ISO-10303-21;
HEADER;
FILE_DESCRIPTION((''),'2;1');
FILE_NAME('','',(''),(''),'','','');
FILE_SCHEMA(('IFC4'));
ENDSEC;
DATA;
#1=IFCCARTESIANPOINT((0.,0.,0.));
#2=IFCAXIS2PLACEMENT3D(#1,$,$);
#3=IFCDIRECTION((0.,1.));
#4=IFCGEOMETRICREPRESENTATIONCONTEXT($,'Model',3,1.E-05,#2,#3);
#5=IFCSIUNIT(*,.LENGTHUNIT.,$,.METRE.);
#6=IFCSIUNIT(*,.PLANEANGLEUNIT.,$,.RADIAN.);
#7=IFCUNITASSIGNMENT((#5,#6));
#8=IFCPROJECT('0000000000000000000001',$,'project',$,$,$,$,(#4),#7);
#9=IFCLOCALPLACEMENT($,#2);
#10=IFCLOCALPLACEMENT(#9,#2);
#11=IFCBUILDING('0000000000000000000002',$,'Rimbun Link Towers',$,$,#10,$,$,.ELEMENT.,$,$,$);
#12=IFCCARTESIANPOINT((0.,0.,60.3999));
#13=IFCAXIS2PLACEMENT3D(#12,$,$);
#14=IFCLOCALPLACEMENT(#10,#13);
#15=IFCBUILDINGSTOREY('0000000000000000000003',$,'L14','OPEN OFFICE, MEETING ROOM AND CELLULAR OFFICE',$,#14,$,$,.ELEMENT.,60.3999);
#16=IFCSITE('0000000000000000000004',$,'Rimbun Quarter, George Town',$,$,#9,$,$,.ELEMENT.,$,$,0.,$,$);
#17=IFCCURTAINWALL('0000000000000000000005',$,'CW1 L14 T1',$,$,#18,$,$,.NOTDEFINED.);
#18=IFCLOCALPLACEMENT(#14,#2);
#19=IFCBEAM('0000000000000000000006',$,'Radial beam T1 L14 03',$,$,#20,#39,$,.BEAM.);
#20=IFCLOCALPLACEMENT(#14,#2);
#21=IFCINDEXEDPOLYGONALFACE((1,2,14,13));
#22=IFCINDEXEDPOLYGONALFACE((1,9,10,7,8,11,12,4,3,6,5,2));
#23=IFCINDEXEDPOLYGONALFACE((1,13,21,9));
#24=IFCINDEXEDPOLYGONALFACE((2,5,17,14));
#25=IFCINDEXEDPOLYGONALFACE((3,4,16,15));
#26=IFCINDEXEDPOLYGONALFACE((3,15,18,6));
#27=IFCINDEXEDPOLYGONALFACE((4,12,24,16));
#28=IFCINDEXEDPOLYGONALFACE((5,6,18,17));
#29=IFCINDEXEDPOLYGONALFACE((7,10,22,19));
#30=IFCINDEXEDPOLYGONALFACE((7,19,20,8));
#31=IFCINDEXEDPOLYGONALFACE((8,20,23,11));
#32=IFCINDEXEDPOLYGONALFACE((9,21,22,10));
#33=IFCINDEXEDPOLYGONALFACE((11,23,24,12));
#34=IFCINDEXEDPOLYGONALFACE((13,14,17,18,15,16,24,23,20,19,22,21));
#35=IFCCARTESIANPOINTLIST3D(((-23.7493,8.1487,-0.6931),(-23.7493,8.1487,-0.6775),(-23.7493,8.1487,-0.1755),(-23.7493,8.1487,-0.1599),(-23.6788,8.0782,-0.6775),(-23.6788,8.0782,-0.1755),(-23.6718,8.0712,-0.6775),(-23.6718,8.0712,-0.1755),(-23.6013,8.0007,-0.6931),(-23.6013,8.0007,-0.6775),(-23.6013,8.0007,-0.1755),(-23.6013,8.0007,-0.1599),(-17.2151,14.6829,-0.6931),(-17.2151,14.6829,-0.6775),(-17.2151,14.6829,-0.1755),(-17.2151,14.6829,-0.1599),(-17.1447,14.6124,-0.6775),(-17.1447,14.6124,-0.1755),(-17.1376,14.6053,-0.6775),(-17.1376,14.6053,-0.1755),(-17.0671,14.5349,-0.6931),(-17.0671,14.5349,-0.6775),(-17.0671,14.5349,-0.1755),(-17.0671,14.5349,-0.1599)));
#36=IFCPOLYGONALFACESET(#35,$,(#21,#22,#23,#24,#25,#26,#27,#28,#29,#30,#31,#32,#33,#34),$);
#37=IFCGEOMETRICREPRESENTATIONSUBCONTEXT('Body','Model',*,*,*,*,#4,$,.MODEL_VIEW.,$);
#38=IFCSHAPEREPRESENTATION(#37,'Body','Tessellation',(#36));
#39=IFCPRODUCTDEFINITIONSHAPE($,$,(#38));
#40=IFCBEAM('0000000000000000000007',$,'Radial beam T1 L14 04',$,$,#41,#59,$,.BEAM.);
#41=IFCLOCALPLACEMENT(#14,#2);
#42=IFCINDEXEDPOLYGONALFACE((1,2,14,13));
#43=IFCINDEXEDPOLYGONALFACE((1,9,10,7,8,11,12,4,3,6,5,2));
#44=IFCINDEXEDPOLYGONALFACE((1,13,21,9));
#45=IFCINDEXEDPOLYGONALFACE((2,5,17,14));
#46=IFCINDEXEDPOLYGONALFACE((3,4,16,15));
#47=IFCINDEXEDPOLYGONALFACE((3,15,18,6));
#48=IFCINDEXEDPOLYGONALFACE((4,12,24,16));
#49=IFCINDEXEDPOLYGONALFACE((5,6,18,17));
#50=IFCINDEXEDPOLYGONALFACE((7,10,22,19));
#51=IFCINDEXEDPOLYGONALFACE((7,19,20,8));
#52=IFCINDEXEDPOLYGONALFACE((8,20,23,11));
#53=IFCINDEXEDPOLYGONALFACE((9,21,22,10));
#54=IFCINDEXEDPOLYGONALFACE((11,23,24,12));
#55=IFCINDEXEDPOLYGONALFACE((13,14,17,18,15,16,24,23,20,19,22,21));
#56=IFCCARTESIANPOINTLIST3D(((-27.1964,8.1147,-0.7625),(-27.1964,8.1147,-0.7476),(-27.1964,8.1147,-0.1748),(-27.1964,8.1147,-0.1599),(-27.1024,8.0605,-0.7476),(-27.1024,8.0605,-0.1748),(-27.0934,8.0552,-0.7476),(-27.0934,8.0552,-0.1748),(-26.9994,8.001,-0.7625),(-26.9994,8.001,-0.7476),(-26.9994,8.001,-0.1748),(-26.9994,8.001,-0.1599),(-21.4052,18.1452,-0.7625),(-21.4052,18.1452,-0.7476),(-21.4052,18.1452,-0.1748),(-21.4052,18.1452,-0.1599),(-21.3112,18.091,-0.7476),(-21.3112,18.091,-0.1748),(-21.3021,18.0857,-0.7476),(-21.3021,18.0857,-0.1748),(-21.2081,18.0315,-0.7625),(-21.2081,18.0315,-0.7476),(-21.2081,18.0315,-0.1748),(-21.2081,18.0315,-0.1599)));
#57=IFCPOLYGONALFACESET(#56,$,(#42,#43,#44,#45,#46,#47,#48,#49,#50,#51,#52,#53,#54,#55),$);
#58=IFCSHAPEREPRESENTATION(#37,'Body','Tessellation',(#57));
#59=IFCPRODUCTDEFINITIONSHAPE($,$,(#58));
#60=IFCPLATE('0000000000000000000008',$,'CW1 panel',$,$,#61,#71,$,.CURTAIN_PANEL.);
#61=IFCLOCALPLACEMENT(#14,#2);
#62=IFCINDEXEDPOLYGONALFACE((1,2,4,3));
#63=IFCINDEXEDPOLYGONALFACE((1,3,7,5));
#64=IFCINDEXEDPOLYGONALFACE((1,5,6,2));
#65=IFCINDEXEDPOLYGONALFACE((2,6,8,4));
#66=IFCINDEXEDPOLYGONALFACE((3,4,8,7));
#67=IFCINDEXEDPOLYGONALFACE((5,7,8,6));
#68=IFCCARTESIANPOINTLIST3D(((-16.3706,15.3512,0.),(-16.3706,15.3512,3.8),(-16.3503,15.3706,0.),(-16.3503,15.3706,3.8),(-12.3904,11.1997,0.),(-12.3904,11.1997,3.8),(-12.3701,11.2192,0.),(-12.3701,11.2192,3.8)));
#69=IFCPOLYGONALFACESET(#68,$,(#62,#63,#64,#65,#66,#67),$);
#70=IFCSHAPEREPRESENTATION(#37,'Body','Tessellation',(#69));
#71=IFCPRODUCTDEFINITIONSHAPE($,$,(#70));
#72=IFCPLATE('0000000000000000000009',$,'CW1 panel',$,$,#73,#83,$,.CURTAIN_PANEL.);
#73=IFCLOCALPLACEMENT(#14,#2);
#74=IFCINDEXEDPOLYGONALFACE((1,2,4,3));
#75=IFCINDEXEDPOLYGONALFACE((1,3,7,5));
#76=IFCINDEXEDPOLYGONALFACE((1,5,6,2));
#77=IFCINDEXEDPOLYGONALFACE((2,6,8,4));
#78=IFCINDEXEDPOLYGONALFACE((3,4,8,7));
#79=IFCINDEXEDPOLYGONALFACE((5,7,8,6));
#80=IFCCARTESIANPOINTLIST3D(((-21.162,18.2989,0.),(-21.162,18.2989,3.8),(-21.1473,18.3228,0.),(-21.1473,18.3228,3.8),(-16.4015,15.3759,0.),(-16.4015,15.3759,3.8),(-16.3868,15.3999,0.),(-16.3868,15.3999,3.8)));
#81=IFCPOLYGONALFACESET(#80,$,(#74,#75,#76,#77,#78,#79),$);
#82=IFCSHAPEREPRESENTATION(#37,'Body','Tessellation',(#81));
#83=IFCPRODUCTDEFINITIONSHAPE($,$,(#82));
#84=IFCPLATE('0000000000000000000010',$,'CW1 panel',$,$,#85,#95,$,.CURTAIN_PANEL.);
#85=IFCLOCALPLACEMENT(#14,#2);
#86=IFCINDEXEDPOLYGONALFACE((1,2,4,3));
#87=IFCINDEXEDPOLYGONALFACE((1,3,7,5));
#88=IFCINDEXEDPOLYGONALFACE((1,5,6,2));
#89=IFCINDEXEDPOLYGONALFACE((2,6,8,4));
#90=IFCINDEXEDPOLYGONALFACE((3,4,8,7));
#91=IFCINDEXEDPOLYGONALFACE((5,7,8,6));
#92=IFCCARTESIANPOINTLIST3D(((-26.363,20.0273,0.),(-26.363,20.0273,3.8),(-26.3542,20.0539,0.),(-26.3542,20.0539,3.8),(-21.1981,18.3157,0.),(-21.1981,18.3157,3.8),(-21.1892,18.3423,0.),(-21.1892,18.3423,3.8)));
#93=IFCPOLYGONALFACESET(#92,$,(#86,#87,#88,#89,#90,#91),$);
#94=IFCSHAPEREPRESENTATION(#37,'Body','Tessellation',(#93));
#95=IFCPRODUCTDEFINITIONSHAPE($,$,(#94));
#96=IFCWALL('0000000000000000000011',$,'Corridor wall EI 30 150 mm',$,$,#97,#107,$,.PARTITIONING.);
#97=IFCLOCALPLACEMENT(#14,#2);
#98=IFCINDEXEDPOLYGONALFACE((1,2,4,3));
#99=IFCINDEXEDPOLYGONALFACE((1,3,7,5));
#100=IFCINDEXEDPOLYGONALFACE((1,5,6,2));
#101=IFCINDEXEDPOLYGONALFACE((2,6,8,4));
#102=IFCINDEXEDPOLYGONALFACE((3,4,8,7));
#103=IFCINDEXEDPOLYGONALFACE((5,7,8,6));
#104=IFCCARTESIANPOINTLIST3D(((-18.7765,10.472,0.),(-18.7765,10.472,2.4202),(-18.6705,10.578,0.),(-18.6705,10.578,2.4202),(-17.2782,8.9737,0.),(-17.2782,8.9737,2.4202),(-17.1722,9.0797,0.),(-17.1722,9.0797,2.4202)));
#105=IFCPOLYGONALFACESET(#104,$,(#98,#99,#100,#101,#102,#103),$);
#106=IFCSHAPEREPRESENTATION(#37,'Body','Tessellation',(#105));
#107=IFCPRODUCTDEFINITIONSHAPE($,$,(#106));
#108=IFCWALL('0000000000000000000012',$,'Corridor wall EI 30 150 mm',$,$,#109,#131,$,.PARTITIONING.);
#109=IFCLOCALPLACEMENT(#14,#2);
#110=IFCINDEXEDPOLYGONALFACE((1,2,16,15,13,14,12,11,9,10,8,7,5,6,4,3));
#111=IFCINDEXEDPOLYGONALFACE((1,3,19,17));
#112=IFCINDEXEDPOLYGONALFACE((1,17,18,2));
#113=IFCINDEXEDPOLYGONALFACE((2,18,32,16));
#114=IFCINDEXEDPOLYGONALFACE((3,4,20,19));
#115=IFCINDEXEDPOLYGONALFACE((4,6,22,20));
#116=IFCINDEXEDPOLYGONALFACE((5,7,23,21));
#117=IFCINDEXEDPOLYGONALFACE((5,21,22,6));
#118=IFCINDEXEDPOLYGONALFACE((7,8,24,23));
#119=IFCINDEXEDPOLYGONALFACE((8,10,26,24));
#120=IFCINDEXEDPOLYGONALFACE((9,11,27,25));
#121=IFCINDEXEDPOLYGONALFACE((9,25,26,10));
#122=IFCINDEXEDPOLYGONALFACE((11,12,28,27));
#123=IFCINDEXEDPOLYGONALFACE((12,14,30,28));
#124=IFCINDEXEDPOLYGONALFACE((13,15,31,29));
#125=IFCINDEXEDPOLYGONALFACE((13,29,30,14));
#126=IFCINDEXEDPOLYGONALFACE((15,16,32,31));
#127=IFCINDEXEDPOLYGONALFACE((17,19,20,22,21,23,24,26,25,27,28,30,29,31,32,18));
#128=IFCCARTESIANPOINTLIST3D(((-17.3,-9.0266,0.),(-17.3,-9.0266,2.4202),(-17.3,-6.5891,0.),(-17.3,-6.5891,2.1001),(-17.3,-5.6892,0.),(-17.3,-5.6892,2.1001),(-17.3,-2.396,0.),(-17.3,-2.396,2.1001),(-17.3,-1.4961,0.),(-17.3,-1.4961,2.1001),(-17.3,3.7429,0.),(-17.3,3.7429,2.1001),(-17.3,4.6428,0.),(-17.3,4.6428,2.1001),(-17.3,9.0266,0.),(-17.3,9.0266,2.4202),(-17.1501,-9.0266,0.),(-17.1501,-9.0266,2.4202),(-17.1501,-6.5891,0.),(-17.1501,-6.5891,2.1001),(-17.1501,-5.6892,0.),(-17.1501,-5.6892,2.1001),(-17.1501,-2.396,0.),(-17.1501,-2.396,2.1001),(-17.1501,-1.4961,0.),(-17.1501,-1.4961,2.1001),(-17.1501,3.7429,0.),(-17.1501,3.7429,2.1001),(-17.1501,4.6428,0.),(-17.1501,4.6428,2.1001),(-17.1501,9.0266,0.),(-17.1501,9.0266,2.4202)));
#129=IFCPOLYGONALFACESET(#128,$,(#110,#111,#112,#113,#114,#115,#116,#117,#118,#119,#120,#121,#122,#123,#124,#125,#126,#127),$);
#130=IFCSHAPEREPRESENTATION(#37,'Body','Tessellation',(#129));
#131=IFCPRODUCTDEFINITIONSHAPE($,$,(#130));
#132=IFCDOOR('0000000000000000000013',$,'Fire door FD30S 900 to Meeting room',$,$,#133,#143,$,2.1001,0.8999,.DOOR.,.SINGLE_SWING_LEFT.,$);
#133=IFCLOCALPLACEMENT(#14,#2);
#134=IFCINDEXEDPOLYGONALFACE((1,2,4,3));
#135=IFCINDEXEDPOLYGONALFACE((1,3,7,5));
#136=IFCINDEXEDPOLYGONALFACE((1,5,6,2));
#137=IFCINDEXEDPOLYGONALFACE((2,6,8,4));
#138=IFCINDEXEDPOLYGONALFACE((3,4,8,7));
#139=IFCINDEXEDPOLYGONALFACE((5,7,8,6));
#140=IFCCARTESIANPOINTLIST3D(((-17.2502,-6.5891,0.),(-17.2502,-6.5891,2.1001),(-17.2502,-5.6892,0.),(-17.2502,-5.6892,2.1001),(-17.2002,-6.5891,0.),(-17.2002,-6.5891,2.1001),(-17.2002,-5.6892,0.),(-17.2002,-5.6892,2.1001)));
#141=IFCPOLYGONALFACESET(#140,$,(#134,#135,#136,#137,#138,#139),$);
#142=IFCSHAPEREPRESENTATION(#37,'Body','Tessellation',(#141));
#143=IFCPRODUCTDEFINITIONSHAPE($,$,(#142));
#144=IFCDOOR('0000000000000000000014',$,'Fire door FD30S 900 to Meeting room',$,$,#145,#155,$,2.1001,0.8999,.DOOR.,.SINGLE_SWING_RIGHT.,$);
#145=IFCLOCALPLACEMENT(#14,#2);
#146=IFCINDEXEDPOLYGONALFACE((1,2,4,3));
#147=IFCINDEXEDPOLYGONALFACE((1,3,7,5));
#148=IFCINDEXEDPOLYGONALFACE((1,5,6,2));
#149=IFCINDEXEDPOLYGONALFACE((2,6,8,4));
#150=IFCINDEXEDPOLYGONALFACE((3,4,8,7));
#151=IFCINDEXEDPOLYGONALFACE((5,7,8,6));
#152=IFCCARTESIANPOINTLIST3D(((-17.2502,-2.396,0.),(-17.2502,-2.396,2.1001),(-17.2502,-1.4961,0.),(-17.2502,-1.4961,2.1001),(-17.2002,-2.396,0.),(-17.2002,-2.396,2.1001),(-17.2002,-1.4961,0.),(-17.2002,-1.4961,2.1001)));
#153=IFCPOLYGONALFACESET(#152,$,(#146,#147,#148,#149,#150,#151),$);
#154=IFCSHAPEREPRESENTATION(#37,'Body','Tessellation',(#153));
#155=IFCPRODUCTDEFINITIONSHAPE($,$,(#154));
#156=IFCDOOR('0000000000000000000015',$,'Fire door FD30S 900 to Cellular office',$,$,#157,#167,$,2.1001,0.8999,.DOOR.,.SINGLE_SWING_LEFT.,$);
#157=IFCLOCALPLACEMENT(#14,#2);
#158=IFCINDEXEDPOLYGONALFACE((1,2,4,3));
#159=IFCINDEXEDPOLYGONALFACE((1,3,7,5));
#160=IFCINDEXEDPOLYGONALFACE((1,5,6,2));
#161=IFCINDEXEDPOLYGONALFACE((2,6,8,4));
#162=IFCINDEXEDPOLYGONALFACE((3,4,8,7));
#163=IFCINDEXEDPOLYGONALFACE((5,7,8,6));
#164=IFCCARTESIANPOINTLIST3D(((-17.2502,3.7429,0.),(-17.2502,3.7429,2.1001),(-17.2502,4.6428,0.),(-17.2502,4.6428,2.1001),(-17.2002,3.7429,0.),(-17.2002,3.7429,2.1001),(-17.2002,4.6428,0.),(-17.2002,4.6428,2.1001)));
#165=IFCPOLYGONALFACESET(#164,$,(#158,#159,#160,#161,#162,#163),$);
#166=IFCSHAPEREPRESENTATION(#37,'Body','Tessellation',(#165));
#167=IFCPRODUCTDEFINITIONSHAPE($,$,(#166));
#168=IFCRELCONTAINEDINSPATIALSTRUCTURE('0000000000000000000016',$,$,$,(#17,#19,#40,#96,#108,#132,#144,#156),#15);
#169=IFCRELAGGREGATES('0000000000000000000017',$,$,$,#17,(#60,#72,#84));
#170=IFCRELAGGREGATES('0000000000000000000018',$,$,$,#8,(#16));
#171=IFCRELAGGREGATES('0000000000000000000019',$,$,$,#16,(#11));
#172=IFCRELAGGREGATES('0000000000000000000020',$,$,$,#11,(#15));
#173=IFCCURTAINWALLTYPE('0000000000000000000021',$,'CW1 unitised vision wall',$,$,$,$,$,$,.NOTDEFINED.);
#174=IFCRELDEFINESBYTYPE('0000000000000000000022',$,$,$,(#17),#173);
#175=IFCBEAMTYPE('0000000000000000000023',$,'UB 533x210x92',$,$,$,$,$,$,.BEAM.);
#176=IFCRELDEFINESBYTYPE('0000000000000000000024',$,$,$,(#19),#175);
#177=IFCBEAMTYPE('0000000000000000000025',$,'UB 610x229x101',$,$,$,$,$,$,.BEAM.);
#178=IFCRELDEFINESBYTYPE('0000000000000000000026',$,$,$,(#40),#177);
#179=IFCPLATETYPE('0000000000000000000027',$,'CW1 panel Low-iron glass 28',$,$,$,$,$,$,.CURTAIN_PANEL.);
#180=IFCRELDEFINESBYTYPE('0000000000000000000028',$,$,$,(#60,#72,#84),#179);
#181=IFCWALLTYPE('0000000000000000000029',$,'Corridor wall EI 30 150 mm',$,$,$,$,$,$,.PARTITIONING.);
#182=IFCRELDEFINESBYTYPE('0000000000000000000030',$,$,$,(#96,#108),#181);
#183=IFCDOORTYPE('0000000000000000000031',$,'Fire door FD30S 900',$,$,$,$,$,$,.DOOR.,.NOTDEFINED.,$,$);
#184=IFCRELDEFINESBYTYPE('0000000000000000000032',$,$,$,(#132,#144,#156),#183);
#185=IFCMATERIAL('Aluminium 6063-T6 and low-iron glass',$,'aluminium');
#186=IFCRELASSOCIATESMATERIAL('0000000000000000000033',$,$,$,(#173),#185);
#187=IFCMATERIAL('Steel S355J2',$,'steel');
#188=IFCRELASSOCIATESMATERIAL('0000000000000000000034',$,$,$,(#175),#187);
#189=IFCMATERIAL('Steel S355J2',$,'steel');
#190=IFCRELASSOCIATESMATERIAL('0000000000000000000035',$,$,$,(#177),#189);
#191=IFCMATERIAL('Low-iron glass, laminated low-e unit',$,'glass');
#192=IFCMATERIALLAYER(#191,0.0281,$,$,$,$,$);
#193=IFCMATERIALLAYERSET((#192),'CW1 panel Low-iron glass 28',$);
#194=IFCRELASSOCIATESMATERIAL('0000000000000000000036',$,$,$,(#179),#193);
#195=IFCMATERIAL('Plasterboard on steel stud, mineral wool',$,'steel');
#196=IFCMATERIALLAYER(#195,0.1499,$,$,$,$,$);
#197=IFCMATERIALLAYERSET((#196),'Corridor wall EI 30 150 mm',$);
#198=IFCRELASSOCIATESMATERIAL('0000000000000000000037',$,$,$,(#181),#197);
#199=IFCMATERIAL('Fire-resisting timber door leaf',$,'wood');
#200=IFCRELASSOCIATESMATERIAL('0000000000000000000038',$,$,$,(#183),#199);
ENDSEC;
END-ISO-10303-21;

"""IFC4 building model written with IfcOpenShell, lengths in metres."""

from ifc_helpers import new_model, si_unit, direction, frame, frame_2d, origin, origin_2d, place, context, subcontext, project, spatial, rectangle, i_section, extrude, material, layer, layer_set, material_profile, profile_set, type_object, element, fill, aggregate, save


model = new_model("IFC4")

# Units and contexts
model_context = context("Model", 3, precision=1e-05, world=origin(), true_north=direction((0.0, 1.0)))
body_context = subcontext(model_context, "Body", "Model", "MODEL_VIEW")
ifc_project = project(units=[si_unit("LENGTHUNIT", "METRE"), si_unit("PLANEANGLEUNIT", "RADIAN")], contexts=[model_context])

# Site, building, storey
site_placement = place(None, origin())
site = spatial("IfcSite", under=ifc_project, at=site_placement, Name="Rimbun Quarter, George Town", CompositionType="ELEMENT", RefElevation=0.0)
building_placement = place(site_placement, origin())
building = spatial("IfcBuilding", under=site, at=building_placement, Name="Rimbun Link Towers", CompositionType="ELEMENT")
storey_placement = place(building_placement, frame((0.0, 0.0, 60.3999)))
storey = spatial("IfcBuildingStorey", under=building, at=storey_placement, Name="L14", Description="OPEN OFFICE, MEETING ROOM AND CELLULAR OFFICE", CompositionType="ELEMENT", Elevation=60.3999)

# Curtain wall
ifc_material_1 = material(Name="Aluminium 6063-T6 and low-iron glass", Category="aluminium")
curtain_wall_type = type_object("IfcCurtainWallType", Name="CW1 unitised vision wall", PredefinedType="NOTDEFINED", material=ifc_material_1)
curtain_wall_placement = place(storey_placement, origin())
curtain_wall = element("IfcCurtainWall", 1, at=curtain_wall_placement, inside=storey, type_object=curtain_wall_type, Name="CW1 L14 T1", PredefinedType="NOTDEFINED")

# Beams
ifc_material_2 = material(Name="Steel S355J2", Category="steel")
ifc_material_profile_1 = material_profile(ifc_material_2, i_section(OverallWidth=0.2092, OverallDepth=0.5332, WebThickness=0.01, FlangeThickness=0.0156, at=origin_2d()), Name="UB 533x210x92")
ifc_profile_set_1 = profile_set([ifc_material_profile_1], Name="Steel S355J2")
beam_type_1 = type_object("IfcBeamType", Name="UB 533x210x92", PredefinedType="BEAM", material=ifc_profile_set_1)
beam_1_placement = place(storey_placement, frame((-23.6753, 8.0747, -0.4265), z_axis=(0.707107, 0.707107, 0.0), x_axis=(-0.707107, 0.707107, 0.0)))
element("IfcBeam", 2, at=beam_1_placement, inside=storey, type_object=beam_type_1, Name="Radial beam T1 L14 03", PredefinedType="BEAM", context=body_context, shape_type="SweptSolid", body=[
    extrude(i_section(OverallWidth=0.2092, OverallDepth=0.5332, WebThickness=0.01, FlangeThickness=0.0156, at=origin_2d()), origin(), (0.0, 0.0, 1.0), 9.2407),
])
ifc_material_3 = material(Name="Steel S355J2", Category="steel")
ifc_material_profile_2 = material_profile(ifc_material_3, i_section(OverallWidth=0.2275, OverallDepth=0.6025, WebThickness=0.0105, FlangeThickness=0.0149, at=origin_2d()), Name="UB 610x229x101")
ifc_profile_set_2 = profile_set([ifc_material_profile_2], Name="Steel S355J2")
beam_type_2 = type_object("IfcBeamType", Name="UB 610x229x101", PredefinedType="BEAM", material=ifc_profile_set_2)
beam_2_placement = place(storey_placement, frame((-27.0979, 8.0579, -0.4612), z_axis=(0.500009, 0.86602, 0.0), x_axis=(-0.86602, 0.500009, 0.0)))
element("IfcBeam", 3, at=beam_2_placement, inside=storey, type_object=beam_type_2, Name="Radial beam T1 L14 04", PredefinedType="BEAM", context=body_context, shape_type="SweptSolid", body=[
    extrude(i_section(OverallWidth=0.2275, OverallDepth=0.6025, WebThickness=0.0105, FlangeThickness=0.0149, at=origin_2d()), origin(), (0.0, 0.0, 1.0), 11.5823),
])

# Plates
ifc_material_4 = material(Name="Low-iron glass, laminated low-e unit", Category="glass")
ifc_layer_1 = layer(ifc_material_4, 0.0281)
ifc_layer_set_1 = layer_set([ifc_layer_1], Name="CW1 panel Low-iron glass 28")
plate_type = type_object("IfcPlateType", Name="CW1 panel Low-iron glass 28", PredefinedType="CURTAIN_PANEL", material=ifc_layer_set_1)
plate_1_placement = place(storey_placement, frame((-14.3704, 13.2852, 0.0), z_axis=(0.0, 0.0, 1.0), x_axis=(0.692065, -0.721835, 0.0)))
plate_1 = element("IfcPlate", 4, at=plate_1_placement, type_object=plate_type, Name="CW1 panel", PredefinedType="CURTAIN_PANEL", context=body_context, shape_type="SweptSolid", body=[
    extrude(rectangle(XDim=5.7512, YDim=0.0281, at=origin_2d()), origin(), (0.0, 0.0, 1.0), 3.8),
])
plate_2_placement = place(storey_placement, frame((-18.7744, 16.8494, 0.0), z_axis=(0.0, 0.0, 1.0), x_axis=(0.852183, -0.523243, 0.0)))
plate_2 = element("IfcPlate", 5, at=plate_2_placement, type_object=plate_type, Name="CW1 panel", PredefinedType="CURTAIN_PANEL", context=body_context, shape_type="SweptSolid", body=[
    extrude(rectangle(XDim=5.5862, YDim=0.0281, at=origin_2d()), origin(), (0.0, 0.0, 1.0), 3.8),
])
plate_3_placement = place(storey_placement, frame((-23.7761, 19.1848, 0.0), z_axis=(0.0, 0.0, 1.0), x_axis=(0.949236, -0.314563, 0.0)))
plate_3 = element("IfcPlate", 6, at=plate_3_placement, type_object=plate_type, Name="CW1 panel", PredefinedType="CURTAIN_PANEL", context=body_context, shape_type="SweptSolid", body=[
    extrude(rectangle(XDim=5.4412, YDim=0.0281, at=origin_2d()), origin(), (0.0, 0.0, 1.0), 3.8),
])
aggregate(curtain_wall, [plate_1, plate_2, plate_3])

# Wall
ifc_material_5 = material(Name="Plasterboard on steel stud, mineral wool", Category="steel")
ifc_layer_2 = layer(ifc_material_5, 0.1499)
ifc_layer_set_2 = layer_set([ifc_layer_2], Name="Corridor wall EI 30 150 mm")
wall_type_1 = type_object("IfcWallType", Name="Corridor wall EI 30 150 mm", PredefinedType="PARTITIONING", material=ifc_layer_set_2)
wall_1_placement = place(storey_placement, frame((-17.2251, 9.0266, 0.0), z_axis=(0.0, 0.0, 1.0), x_axis=(-0.707107, 0.707107, 0.0)))
element("IfcWall", 7, at=wall_1_placement, inside=storey, type_object=wall_type_1, Name="Corridor wall EI 30 150 mm", PredefinedType="PARTITIONING", context=body_context, shape_type="SweptSolid", body=[
    extrude(rectangle(XDim=2.1189, YDim=0.1499, at=frame_2d((1.0596, 0.0))), origin(), (0.0, 0.0, 1.0), 2.4202),
])

# Wall, openings, doors
wall_2_placement = place(storey_placement, frame((-17.2251, 9.0266, 0.0), z_axis=(0.0, 0.0, 1.0), x_axis=(0.0, -1.0, 0.0)))
wall_2 = element("IfcWall", 8, at=wall_2_placement, inside=storey, type_object=wall_type_1, Name="Corridor wall EI 30 150 mm", PredefinedType="PARTITIONING", context=body_context, shape_type="SweptSolid", body=[
    extrude(rectangle(XDim=18.0532, YDim=0.1499, at=frame_2d((9.0266, 0.0))), origin(), (0.0, 0.0, 1.0), 2.4202),
])
opening_1_placement = place(wall_2_placement, frame((14.7158, 0.0, 0.0)))
opening_1 = element("IfcOpeningElement", 9, at=opening_1_placement, cuts=wall_2, PredefinedType="OPENING", context=body_context, shape_type="SweptSolid", body=[
    extrude(rectangle(XDim=0.8999, YDim=2.1001, at=frame_2d((0.45, 1.05))), frame((0.0, 0.085, 0.0), z_axis=(0.0, -1.0, 0.0), x_axis=(1.0, 0.0, 0.0)), (0.0, 0.0, 1.0), 0.1699),
])
opening_2_placement = place(wall_2_placement, frame((10.5227, 0.0, 0.0)))
opening_2 = element("IfcOpeningElement", 10, at=opening_2_placement, cuts=wall_2, PredefinedType="OPENING", context=body_context, shape_type="SweptSolid", body=[
    extrude(rectangle(XDim=0.8999, YDim=2.1001, at=frame_2d((0.45, 1.05))), frame((0.0, 0.085, 0.0), z_axis=(0.0, -1.0, 0.0), x_axis=(1.0, 0.0, 0.0)), (0.0, 0.0, 1.0), 0.1699),
])
opening_3_placement = place(wall_2_placement, frame((4.3838, 0.0, 0.0)))
opening_3 = element("IfcOpeningElement", 11, at=opening_3_placement, cuts=wall_2, PredefinedType="OPENING", context=body_context, shape_type="SweptSolid", body=[
    extrude(rectangle(XDim=0.8999, YDim=2.1001, at=frame_2d((0.45, 1.05))), frame((0.0, 0.085, 0.0), z_axis=(0.0, -1.0, 0.0), x_axis=(1.0, 0.0, 0.0)), (0.0, 0.0, 1.0), 0.1699),
])
ifc_material_6 = material(Name="Fire-resisting timber door leaf", Category="wood")
door_type_1 = type_object("IfcDoorType", Name="Fire door FD30S 900", OperationType="NOTDEFINED", PredefinedType="DOOR", material=ifc_material_6)
door_1_placement = place(opening_1_placement, origin())
door_1 = element("IfcDoor", 12, at=door_1_placement, inside=storey, type_object=door_type_1, Name="Fire door FD30S 900 to Meeting room", OperationType="SINGLE_SWING_LEFT", OverallHeight=2.1001, OverallWidth=0.8999, PredefinedType="DOOR", context=body_context, shape_type="SweptSolid", body=[
    extrude(rectangle(XDim=0.8999, YDim=2.1001, at=frame_2d((0.45, 1.05))), frame((0.0, 0.0249, 0.0), z_axis=(0.0, -1.0, 0.0), x_axis=(1.0, 0.0, 0.0)), (0.0, 0.0, 1.0), 0.05),
])
fill(opening_1, door_1)
door_2_placement = place(opening_2_placement, origin())
door_2 = element("IfcDoor", 13, at=door_2_placement, inside=storey, type_object=door_type_1, Name="Fire door FD30S 900 to Meeting room", OperationType="SINGLE_SWING_RIGHT", OverallHeight=2.1001, OverallWidth=0.8999, PredefinedType="DOOR", context=body_context, shape_type="SweptSolid", body=[
    extrude(rectangle(XDim=0.8999, YDim=2.1001, at=frame_2d((0.45, 1.05))), frame((0.0, 0.0249, 0.0), z_axis=(0.0, -1.0, 0.0), x_axis=(1.0, 0.0, 0.0)), (0.0, 0.0, 1.0), 0.05),
])
fill(opening_2, door_2)
door_3_placement = place(opening_3_placement, origin())
door_3 = element("IfcDoor", 14, at=door_3_placement, inside=storey, type_object=door_type_1, Name="Fire door FD30S 900 to Cellular office", OperationType="SINGLE_SWING_LEFT", OverallHeight=2.1001, OverallWidth=0.8999, PredefinedType="DOOR", context=body_context, shape_type="SweptSolid", body=[
    extrude(rectangle(XDim=0.8999, YDim=2.1001, at=frame_2d((0.45, 1.05))), frame((0.0, 0.0249, 0.0), z_axis=(0.0, -1.0, 0.0), x_axis=(1.0, 0.0, 0.0)), (0.0, 0.0, 1.0), 0.05),
])
fill(opening_3, door_3)

save(model, "model.ifc")
